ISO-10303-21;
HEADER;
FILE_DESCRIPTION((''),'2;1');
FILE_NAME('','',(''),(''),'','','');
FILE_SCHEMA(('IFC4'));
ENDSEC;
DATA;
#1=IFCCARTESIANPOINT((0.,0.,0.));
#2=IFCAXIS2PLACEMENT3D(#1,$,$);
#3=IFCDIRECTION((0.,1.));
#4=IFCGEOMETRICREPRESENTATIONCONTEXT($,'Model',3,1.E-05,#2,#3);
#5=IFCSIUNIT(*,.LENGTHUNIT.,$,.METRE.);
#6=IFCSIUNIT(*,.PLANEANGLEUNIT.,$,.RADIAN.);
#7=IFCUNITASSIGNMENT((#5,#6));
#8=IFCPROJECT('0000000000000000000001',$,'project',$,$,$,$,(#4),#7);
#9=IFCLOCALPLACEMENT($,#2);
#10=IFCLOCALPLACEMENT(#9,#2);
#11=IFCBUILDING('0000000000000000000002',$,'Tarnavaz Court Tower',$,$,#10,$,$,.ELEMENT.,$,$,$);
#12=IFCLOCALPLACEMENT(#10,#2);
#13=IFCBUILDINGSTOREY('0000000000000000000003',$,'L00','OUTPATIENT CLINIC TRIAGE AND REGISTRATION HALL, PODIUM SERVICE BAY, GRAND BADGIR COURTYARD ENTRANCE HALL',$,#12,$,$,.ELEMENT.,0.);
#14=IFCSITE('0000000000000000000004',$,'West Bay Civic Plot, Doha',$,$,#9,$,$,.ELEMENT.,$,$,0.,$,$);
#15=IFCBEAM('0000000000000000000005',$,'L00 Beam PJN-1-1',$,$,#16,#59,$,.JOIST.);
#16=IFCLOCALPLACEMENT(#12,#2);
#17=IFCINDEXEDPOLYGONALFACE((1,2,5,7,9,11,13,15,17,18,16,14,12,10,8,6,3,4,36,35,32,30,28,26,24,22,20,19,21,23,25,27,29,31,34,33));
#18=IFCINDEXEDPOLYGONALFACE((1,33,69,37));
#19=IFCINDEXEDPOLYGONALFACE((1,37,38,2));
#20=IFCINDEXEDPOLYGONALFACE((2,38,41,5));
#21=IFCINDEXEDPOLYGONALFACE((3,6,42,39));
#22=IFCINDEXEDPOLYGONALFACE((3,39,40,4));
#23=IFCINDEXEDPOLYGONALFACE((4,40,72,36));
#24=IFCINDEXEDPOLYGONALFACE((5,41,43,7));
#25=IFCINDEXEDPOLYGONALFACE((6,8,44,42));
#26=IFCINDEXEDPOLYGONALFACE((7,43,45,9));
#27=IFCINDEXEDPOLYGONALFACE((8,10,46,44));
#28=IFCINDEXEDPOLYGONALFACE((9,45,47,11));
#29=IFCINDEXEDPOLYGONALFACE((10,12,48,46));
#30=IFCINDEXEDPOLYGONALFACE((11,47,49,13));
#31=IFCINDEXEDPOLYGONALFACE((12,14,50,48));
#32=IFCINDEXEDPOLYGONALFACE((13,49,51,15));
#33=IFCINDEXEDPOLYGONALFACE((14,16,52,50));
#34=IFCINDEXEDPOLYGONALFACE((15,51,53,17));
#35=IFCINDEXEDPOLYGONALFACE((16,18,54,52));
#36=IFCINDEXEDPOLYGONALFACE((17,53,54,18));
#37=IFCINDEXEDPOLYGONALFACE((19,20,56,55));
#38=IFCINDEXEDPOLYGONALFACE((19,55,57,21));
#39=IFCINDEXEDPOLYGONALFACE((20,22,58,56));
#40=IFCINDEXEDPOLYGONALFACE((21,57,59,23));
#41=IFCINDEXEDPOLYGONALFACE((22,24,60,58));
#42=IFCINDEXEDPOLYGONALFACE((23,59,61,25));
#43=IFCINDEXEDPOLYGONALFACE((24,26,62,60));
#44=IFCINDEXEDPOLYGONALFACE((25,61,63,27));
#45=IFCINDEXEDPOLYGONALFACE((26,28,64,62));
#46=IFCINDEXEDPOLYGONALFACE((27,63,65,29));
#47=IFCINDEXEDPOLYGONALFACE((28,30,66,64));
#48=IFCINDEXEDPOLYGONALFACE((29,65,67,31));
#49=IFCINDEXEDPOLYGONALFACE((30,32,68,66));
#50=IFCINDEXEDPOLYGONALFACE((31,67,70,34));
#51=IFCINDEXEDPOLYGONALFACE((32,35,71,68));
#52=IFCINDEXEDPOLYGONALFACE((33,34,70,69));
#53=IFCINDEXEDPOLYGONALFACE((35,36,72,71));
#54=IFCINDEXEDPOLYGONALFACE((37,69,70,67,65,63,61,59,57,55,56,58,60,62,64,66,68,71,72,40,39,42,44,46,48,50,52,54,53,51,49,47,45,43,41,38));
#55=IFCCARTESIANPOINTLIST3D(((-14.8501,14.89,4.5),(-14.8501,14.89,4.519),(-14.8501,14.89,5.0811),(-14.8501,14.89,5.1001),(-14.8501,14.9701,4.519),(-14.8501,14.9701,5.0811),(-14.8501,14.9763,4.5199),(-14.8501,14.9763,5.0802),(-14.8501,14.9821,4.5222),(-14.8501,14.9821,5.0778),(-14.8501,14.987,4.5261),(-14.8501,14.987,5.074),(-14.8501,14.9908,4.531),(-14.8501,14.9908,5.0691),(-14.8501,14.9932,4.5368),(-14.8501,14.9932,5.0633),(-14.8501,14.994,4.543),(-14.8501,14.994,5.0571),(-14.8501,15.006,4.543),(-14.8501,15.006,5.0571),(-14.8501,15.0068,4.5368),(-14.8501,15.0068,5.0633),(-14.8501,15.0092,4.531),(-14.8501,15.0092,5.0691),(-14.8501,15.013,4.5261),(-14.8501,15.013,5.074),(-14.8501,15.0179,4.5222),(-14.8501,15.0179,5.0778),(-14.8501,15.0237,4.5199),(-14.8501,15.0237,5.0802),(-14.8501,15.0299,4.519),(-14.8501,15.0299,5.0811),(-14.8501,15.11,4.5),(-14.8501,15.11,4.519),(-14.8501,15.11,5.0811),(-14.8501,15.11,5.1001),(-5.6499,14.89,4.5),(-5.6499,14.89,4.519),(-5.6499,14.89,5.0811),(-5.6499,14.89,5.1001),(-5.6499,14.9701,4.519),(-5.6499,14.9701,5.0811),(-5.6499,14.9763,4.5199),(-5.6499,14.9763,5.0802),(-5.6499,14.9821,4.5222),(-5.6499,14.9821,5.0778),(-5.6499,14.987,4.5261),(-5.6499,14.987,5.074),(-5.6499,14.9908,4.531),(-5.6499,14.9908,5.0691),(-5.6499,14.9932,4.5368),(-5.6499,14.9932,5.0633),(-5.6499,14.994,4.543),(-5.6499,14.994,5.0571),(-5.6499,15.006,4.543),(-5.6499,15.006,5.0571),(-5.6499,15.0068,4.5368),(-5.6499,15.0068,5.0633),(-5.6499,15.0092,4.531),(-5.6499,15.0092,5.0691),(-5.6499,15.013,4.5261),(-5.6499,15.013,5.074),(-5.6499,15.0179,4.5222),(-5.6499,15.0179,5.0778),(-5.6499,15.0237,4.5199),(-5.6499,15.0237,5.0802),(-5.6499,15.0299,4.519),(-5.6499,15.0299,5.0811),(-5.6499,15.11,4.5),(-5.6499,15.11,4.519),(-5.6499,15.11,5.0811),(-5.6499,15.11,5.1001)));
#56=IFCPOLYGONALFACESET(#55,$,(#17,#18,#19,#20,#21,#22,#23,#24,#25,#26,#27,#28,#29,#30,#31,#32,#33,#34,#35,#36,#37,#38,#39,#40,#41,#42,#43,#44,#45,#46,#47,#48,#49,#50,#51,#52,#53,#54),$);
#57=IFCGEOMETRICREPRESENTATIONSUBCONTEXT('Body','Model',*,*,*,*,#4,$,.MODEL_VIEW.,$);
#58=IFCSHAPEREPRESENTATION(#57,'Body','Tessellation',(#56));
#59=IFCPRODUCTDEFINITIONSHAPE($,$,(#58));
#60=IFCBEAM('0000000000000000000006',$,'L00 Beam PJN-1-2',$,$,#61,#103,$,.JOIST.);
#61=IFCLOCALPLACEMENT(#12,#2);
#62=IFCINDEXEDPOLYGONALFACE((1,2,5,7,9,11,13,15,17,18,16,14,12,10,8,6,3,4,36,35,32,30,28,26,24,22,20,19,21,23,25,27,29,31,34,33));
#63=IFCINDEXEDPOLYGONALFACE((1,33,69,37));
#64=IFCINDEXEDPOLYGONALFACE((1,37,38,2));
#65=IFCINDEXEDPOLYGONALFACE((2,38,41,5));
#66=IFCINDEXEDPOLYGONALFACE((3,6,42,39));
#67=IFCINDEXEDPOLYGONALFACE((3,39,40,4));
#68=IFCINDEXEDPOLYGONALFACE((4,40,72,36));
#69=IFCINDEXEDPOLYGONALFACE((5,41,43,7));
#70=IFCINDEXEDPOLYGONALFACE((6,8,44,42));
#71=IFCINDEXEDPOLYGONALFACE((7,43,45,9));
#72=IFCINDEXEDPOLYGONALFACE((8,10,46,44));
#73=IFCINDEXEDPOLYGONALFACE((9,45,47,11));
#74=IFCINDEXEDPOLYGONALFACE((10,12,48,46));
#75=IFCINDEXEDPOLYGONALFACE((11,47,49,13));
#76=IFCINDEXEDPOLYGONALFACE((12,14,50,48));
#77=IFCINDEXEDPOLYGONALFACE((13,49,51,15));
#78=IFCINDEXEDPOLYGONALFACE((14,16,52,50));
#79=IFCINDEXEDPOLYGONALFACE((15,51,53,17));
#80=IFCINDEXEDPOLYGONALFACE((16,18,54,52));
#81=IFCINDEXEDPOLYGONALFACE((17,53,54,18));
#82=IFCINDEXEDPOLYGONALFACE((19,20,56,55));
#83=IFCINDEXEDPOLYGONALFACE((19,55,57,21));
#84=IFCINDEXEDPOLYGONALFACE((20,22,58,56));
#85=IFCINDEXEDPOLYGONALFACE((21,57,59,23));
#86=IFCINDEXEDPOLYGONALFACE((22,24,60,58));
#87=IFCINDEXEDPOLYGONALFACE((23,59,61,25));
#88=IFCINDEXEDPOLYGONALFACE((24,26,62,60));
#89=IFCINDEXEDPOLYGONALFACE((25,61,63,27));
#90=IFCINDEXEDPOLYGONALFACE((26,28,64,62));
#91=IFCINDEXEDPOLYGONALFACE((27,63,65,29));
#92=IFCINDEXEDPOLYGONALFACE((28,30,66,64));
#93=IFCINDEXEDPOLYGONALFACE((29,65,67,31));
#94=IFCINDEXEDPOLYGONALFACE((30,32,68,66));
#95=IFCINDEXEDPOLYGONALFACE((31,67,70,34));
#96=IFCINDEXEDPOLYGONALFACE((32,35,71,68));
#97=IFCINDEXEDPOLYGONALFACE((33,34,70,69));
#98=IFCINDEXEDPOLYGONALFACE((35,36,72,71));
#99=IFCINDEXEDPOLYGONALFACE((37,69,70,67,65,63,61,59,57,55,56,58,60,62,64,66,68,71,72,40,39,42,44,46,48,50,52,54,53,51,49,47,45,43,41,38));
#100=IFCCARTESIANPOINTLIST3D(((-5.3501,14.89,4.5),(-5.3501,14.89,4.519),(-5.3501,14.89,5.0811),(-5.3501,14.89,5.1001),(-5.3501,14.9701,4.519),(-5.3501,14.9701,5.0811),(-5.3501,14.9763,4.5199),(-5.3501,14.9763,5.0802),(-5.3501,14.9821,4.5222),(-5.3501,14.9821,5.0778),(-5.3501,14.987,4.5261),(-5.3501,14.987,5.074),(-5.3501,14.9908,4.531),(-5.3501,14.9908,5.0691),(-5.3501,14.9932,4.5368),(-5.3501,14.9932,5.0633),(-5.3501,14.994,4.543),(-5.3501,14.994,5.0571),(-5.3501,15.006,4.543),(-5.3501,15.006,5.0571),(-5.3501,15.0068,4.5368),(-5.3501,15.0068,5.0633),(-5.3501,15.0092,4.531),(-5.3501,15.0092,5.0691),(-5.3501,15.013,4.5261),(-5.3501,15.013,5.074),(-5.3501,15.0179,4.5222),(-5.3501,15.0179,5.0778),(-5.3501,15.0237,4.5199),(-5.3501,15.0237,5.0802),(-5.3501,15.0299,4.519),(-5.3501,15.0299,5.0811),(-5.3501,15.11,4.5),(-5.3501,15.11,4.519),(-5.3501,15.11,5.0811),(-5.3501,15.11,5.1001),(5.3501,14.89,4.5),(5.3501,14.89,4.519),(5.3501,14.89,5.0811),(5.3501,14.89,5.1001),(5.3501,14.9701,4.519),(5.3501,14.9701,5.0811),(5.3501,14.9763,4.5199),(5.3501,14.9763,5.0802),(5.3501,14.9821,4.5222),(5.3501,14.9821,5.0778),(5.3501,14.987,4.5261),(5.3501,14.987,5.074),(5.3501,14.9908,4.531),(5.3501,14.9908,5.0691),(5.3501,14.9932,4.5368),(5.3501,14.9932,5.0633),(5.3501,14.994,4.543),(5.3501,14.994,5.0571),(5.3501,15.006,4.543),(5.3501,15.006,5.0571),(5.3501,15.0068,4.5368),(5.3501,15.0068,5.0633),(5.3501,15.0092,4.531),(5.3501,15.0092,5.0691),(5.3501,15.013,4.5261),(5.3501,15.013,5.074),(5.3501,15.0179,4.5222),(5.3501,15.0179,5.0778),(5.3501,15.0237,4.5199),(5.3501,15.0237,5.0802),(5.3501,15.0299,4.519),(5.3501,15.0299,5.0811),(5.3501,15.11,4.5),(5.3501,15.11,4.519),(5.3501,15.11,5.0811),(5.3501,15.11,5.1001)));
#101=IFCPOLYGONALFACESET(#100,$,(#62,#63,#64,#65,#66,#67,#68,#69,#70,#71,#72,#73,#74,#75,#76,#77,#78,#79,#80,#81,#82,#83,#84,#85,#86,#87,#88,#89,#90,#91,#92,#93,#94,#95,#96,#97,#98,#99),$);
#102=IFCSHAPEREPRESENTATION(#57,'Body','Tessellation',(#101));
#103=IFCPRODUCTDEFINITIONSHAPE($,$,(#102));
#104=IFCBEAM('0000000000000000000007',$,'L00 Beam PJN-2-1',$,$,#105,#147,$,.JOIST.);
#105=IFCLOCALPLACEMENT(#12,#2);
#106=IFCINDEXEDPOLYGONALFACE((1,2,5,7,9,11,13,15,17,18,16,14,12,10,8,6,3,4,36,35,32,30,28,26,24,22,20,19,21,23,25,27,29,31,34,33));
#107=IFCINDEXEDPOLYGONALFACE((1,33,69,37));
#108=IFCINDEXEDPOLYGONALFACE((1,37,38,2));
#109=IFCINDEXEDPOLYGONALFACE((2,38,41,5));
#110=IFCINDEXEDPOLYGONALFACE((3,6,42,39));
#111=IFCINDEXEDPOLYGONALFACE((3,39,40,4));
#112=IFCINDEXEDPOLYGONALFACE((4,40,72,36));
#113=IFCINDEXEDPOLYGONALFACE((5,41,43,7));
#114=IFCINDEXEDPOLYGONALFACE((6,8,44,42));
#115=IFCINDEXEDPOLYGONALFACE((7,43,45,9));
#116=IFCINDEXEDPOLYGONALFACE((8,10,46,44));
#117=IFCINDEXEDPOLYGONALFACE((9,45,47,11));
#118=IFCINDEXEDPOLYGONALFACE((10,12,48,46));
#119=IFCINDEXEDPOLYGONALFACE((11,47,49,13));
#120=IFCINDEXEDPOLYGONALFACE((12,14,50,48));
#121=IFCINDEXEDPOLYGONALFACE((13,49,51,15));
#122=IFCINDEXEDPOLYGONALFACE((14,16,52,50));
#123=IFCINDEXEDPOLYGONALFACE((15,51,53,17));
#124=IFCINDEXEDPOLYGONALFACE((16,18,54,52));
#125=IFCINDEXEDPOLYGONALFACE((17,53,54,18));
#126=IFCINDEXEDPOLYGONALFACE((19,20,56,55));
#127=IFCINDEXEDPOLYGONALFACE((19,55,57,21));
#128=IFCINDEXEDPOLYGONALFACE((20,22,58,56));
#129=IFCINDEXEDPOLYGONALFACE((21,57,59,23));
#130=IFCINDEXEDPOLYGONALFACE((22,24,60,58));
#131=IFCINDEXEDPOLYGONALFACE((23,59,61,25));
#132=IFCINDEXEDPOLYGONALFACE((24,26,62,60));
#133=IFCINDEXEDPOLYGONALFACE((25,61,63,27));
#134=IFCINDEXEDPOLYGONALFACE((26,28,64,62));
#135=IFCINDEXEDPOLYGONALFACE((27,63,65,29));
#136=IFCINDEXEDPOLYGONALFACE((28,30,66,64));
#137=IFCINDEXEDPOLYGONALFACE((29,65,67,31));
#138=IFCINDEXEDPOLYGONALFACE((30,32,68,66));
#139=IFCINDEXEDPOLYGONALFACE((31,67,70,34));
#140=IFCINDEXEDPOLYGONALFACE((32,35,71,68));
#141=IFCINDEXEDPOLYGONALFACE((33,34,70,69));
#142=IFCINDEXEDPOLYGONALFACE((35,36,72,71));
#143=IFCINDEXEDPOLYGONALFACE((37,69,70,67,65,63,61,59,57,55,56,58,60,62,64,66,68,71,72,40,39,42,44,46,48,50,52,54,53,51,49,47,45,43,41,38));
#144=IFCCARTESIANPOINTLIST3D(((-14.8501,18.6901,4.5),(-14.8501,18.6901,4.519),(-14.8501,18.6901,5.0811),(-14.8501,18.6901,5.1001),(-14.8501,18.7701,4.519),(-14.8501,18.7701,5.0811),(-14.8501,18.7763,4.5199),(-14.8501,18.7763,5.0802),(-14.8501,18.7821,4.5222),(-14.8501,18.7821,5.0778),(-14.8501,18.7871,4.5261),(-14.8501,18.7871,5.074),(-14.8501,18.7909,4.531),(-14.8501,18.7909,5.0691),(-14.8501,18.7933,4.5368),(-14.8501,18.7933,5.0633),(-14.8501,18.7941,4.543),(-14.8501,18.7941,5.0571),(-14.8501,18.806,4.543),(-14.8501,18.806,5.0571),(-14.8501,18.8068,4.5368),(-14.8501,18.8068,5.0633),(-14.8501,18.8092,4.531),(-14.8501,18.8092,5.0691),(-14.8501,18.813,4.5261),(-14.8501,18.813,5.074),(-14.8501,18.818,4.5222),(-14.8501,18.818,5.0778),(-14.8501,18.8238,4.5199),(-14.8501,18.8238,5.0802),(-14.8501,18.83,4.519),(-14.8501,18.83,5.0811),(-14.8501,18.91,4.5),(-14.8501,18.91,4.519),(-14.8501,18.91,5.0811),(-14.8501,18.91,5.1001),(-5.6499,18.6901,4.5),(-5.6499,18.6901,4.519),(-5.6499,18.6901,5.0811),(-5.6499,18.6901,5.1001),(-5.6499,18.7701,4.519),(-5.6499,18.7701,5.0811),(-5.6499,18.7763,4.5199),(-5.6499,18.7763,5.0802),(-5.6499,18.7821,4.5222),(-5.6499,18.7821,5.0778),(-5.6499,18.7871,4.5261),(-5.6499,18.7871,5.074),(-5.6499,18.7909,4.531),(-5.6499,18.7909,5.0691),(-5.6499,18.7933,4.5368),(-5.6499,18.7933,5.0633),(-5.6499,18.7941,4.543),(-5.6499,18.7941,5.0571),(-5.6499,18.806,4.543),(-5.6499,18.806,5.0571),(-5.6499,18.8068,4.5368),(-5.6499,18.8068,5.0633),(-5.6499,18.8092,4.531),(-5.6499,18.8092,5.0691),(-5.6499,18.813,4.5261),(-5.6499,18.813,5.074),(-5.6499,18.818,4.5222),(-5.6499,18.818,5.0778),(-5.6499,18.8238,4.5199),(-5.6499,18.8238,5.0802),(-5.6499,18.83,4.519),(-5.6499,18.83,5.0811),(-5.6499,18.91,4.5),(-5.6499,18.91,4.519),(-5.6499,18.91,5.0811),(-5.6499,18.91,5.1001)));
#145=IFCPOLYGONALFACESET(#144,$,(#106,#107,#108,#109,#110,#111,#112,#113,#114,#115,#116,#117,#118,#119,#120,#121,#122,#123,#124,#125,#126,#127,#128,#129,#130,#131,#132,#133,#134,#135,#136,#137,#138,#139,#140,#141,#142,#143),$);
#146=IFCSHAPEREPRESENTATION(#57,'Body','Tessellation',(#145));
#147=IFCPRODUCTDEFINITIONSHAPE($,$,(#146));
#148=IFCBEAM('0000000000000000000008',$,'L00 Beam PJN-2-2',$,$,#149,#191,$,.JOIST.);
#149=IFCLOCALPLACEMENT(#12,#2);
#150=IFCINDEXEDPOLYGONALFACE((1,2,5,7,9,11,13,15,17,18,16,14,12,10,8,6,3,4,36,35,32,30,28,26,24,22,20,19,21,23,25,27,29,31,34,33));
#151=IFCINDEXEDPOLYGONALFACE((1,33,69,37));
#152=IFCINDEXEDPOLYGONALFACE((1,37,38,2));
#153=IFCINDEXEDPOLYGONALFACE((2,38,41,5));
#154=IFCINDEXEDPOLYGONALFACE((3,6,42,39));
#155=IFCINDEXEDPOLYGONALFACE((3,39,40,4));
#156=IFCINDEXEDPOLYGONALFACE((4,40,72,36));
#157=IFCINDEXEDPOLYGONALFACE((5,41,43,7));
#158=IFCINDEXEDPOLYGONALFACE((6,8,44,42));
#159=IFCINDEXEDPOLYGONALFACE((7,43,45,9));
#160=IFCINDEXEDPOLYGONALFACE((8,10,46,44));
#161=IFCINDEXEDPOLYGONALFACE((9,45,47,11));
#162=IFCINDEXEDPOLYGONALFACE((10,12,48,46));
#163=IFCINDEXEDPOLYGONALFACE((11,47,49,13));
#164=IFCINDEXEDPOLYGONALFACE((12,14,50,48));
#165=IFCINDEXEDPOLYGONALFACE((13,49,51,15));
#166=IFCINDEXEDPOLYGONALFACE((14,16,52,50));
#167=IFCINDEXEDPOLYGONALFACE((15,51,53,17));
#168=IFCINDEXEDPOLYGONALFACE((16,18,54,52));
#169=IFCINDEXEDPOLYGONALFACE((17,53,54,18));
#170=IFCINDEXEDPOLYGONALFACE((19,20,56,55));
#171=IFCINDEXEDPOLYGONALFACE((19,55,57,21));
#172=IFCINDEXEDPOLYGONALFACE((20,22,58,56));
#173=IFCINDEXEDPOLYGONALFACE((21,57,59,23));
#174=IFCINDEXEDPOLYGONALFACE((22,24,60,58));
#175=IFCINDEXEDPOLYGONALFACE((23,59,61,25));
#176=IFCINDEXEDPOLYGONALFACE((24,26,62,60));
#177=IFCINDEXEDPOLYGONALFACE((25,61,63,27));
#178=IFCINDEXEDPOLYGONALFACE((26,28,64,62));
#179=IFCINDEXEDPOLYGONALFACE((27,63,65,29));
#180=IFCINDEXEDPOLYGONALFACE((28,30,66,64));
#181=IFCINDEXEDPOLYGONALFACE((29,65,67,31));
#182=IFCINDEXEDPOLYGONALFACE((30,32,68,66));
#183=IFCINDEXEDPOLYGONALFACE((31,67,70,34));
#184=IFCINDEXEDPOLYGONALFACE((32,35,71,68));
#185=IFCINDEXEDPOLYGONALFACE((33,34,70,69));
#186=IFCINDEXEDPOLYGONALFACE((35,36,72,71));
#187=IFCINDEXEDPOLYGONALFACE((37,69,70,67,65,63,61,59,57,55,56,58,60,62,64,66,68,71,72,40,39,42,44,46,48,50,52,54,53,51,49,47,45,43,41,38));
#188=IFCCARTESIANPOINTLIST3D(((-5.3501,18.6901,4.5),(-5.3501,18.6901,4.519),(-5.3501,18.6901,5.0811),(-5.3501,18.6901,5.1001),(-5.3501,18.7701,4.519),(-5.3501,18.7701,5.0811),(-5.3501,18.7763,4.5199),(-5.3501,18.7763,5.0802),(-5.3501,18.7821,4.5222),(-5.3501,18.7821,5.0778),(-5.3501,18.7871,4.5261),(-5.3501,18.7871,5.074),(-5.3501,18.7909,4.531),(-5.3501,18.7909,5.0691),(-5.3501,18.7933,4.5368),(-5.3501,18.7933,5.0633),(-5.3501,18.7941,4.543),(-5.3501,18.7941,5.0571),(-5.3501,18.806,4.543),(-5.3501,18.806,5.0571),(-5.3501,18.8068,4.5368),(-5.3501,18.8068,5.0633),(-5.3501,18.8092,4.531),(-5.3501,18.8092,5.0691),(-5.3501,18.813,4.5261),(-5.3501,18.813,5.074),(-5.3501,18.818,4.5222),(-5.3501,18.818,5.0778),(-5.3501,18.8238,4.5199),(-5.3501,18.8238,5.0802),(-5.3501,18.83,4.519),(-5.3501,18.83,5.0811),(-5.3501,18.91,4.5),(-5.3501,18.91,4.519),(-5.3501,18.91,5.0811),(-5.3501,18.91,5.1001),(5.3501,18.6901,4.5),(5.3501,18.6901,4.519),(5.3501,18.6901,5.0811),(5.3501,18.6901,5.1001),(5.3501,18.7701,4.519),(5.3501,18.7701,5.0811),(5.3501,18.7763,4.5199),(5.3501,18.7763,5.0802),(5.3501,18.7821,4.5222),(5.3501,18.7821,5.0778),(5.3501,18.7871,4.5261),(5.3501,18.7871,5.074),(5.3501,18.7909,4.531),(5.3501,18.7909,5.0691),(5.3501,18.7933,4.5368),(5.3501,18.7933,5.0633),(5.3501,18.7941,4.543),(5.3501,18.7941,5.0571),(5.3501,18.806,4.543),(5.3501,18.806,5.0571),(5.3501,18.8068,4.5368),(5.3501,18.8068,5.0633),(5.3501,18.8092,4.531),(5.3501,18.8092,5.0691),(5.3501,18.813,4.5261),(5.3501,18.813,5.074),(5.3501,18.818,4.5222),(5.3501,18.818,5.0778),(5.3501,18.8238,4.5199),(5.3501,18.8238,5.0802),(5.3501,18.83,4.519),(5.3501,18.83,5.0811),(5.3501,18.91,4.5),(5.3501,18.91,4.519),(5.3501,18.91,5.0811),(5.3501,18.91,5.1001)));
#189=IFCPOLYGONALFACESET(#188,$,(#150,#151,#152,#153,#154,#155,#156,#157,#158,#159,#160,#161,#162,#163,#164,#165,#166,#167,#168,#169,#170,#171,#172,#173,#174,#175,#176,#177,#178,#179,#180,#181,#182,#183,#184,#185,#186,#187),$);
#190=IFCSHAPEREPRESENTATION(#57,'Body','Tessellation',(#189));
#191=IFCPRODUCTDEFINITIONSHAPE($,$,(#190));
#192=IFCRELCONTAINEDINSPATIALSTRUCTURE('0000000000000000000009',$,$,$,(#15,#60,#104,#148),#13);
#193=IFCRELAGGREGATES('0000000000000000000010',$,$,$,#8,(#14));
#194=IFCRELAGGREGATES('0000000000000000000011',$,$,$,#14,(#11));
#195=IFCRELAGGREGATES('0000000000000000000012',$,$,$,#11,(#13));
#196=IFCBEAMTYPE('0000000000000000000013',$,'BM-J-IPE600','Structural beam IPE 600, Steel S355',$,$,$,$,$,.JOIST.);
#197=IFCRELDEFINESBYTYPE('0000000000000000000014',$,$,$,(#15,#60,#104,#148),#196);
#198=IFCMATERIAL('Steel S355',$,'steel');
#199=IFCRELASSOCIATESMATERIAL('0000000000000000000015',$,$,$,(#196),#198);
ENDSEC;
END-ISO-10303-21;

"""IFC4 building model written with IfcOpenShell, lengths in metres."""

from ifc_helpers import new_model, si_unit, direction, frame, origin, origin_2d, place, context, subcontext, project, spatial, i_section, extrude, material, material_profile, profile_set, type_object, element, save


model = new_model("IFC4")

# Units and contexts
model_context = context("Model", 3, precision=1e-05, world=origin(), true_north=direction((0.0, 1.0)))
body_context = subcontext(model_context, "Body", "Model", "MODEL_VIEW")
ifc_project = project(units=[si_unit("LENGTHUNIT", "METRE"), si_unit("PLANEANGLEUNIT", "RADIAN")], contexts=[model_context])

# Site, building, storey
site_placement = place(None, origin())
site = spatial("IfcSite", under=ifc_project, at=site_placement, Name="West Bay Civic Plot, Doha", CompositionType="ELEMENT", RefElevation=0.0)
building_placement = place(site_placement, origin())
building = spatial("IfcBuilding", under=site, at=building_placement, Name="Tarnavaz Court Tower", CompositionType="ELEMENT")
storey_placement = place(building_placement, origin())
storey = spatial("IfcBuildingStorey", under=building, at=storey_placement, Name="L00", Description="OUTPATIENT CLINIC TRIAGE AND REGISTRATION HALL, PODIUM SERVICE BAY, GRAND BADGIR COURTYARD ENTRANCE HALL", CompositionType="ELEMENT", Elevation=0.0)

# Beams
ifc_material_1 = material(Name="Steel S355", Category="steel")
ifc_material_profile_1 = material_profile(ifc_material_1, i_section(OverallWidth=0.22, OverallDepth=0.6001, WebThickness=0.012, FlangeThickness=0.019, FilletRadius=0.0239, at=origin_2d()), Name="IPE 600")
ifc_profile_set_1 = profile_set([ifc_material_profile_1], Name="Steel S355")
beam_type_1 = type_object("IfcBeamType", Name="BM-J-IPE600", Description="Structural beam IPE 600, Steel S355", PredefinedType="JOIST", material=ifc_profile_set_1)
beam_1_placement = place(storey_placement, frame((-14.8501, 15.0, 4.8), z_axis=(1.0, 0.0, 0.0), x_axis=(0.0, 1.0, 0.0)))
element("IfcBeam", 1, at=beam_1_placement, inside=storey, type_object=beam_type_1, Name="L00 Beam PJN-1-1", PredefinedType="JOIST", context=body_context, shape_type="SweptSolid", body=[
    extrude(i_section(OverallWidth=0.22, OverallDepth=0.6001, WebThickness=0.012, FlangeThickness=0.019, FilletRadius=0.0239, at=origin_2d()), origin(), (0.0, 0.0, 1.0), 9.2002),
])
beam_2_placement = place(storey_placement, frame((-5.3501, 15.0, 4.8), z_axis=(1.0, 0.0, 0.0), x_axis=(0.0, 1.0, 0.0)))
element("IfcBeam", 2, at=beam_2_placement, inside=storey, type_object=beam_type_1, Name="L00 Beam PJN-1-2", PredefinedType="JOIST", context=body_context, shape_type="SweptSolid", body=[
    extrude(i_section(OverallWidth=0.22, OverallDepth=0.6001, WebThickness=0.012, FlangeThickness=0.019, FilletRadius=0.0239, at=origin_2d()), origin(), (0.0, 0.0, 1.0), 10.7002),
])
beam_3_placement = place(storey_placement, frame((-14.8501, 18.8, 4.8), z_axis=(1.0, 0.0, 0.0), x_axis=(0.0, 1.0, 0.0)))
element("IfcBeam", 3, at=beam_3_placement, inside=storey, type_object=beam_type_1, Name="L00 Beam PJN-2-1", PredefinedType="JOIST", context=body_context, shape_type="SweptSolid", body=[
    extrude(i_section(OverallWidth=0.22, OverallDepth=0.6001, WebThickness=0.012, FlangeThickness=0.019, FilletRadius=0.0239, at=origin_2d()), origin(), (0.0, 0.0, 1.0), 9.2002),
])
beam_4_placement = place(storey_placement, frame((-5.3501, 18.8, 4.8), z_axis=(1.0, 0.0, 0.0), x_axis=(0.0, 1.0, 0.0)))
element("IfcBeam", 4, at=beam_4_placement, inside=storey, type_object=beam_type_1, Name="L00 Beam PJN-2-2", PredefinedType="JOIST", context=body_context, shape_type="SweptSolid", body=[
    extrude(i_section(OverallWidth=0.22, OverallDepth=0.6001, WebThickness=0.012, FlangeThickness=0.019, FilletRadius=0.0239, at=origin_2d()), origin(), (0.0, 0.0, 1.0), 10.7002),
])

save(model, "model.ifc")
